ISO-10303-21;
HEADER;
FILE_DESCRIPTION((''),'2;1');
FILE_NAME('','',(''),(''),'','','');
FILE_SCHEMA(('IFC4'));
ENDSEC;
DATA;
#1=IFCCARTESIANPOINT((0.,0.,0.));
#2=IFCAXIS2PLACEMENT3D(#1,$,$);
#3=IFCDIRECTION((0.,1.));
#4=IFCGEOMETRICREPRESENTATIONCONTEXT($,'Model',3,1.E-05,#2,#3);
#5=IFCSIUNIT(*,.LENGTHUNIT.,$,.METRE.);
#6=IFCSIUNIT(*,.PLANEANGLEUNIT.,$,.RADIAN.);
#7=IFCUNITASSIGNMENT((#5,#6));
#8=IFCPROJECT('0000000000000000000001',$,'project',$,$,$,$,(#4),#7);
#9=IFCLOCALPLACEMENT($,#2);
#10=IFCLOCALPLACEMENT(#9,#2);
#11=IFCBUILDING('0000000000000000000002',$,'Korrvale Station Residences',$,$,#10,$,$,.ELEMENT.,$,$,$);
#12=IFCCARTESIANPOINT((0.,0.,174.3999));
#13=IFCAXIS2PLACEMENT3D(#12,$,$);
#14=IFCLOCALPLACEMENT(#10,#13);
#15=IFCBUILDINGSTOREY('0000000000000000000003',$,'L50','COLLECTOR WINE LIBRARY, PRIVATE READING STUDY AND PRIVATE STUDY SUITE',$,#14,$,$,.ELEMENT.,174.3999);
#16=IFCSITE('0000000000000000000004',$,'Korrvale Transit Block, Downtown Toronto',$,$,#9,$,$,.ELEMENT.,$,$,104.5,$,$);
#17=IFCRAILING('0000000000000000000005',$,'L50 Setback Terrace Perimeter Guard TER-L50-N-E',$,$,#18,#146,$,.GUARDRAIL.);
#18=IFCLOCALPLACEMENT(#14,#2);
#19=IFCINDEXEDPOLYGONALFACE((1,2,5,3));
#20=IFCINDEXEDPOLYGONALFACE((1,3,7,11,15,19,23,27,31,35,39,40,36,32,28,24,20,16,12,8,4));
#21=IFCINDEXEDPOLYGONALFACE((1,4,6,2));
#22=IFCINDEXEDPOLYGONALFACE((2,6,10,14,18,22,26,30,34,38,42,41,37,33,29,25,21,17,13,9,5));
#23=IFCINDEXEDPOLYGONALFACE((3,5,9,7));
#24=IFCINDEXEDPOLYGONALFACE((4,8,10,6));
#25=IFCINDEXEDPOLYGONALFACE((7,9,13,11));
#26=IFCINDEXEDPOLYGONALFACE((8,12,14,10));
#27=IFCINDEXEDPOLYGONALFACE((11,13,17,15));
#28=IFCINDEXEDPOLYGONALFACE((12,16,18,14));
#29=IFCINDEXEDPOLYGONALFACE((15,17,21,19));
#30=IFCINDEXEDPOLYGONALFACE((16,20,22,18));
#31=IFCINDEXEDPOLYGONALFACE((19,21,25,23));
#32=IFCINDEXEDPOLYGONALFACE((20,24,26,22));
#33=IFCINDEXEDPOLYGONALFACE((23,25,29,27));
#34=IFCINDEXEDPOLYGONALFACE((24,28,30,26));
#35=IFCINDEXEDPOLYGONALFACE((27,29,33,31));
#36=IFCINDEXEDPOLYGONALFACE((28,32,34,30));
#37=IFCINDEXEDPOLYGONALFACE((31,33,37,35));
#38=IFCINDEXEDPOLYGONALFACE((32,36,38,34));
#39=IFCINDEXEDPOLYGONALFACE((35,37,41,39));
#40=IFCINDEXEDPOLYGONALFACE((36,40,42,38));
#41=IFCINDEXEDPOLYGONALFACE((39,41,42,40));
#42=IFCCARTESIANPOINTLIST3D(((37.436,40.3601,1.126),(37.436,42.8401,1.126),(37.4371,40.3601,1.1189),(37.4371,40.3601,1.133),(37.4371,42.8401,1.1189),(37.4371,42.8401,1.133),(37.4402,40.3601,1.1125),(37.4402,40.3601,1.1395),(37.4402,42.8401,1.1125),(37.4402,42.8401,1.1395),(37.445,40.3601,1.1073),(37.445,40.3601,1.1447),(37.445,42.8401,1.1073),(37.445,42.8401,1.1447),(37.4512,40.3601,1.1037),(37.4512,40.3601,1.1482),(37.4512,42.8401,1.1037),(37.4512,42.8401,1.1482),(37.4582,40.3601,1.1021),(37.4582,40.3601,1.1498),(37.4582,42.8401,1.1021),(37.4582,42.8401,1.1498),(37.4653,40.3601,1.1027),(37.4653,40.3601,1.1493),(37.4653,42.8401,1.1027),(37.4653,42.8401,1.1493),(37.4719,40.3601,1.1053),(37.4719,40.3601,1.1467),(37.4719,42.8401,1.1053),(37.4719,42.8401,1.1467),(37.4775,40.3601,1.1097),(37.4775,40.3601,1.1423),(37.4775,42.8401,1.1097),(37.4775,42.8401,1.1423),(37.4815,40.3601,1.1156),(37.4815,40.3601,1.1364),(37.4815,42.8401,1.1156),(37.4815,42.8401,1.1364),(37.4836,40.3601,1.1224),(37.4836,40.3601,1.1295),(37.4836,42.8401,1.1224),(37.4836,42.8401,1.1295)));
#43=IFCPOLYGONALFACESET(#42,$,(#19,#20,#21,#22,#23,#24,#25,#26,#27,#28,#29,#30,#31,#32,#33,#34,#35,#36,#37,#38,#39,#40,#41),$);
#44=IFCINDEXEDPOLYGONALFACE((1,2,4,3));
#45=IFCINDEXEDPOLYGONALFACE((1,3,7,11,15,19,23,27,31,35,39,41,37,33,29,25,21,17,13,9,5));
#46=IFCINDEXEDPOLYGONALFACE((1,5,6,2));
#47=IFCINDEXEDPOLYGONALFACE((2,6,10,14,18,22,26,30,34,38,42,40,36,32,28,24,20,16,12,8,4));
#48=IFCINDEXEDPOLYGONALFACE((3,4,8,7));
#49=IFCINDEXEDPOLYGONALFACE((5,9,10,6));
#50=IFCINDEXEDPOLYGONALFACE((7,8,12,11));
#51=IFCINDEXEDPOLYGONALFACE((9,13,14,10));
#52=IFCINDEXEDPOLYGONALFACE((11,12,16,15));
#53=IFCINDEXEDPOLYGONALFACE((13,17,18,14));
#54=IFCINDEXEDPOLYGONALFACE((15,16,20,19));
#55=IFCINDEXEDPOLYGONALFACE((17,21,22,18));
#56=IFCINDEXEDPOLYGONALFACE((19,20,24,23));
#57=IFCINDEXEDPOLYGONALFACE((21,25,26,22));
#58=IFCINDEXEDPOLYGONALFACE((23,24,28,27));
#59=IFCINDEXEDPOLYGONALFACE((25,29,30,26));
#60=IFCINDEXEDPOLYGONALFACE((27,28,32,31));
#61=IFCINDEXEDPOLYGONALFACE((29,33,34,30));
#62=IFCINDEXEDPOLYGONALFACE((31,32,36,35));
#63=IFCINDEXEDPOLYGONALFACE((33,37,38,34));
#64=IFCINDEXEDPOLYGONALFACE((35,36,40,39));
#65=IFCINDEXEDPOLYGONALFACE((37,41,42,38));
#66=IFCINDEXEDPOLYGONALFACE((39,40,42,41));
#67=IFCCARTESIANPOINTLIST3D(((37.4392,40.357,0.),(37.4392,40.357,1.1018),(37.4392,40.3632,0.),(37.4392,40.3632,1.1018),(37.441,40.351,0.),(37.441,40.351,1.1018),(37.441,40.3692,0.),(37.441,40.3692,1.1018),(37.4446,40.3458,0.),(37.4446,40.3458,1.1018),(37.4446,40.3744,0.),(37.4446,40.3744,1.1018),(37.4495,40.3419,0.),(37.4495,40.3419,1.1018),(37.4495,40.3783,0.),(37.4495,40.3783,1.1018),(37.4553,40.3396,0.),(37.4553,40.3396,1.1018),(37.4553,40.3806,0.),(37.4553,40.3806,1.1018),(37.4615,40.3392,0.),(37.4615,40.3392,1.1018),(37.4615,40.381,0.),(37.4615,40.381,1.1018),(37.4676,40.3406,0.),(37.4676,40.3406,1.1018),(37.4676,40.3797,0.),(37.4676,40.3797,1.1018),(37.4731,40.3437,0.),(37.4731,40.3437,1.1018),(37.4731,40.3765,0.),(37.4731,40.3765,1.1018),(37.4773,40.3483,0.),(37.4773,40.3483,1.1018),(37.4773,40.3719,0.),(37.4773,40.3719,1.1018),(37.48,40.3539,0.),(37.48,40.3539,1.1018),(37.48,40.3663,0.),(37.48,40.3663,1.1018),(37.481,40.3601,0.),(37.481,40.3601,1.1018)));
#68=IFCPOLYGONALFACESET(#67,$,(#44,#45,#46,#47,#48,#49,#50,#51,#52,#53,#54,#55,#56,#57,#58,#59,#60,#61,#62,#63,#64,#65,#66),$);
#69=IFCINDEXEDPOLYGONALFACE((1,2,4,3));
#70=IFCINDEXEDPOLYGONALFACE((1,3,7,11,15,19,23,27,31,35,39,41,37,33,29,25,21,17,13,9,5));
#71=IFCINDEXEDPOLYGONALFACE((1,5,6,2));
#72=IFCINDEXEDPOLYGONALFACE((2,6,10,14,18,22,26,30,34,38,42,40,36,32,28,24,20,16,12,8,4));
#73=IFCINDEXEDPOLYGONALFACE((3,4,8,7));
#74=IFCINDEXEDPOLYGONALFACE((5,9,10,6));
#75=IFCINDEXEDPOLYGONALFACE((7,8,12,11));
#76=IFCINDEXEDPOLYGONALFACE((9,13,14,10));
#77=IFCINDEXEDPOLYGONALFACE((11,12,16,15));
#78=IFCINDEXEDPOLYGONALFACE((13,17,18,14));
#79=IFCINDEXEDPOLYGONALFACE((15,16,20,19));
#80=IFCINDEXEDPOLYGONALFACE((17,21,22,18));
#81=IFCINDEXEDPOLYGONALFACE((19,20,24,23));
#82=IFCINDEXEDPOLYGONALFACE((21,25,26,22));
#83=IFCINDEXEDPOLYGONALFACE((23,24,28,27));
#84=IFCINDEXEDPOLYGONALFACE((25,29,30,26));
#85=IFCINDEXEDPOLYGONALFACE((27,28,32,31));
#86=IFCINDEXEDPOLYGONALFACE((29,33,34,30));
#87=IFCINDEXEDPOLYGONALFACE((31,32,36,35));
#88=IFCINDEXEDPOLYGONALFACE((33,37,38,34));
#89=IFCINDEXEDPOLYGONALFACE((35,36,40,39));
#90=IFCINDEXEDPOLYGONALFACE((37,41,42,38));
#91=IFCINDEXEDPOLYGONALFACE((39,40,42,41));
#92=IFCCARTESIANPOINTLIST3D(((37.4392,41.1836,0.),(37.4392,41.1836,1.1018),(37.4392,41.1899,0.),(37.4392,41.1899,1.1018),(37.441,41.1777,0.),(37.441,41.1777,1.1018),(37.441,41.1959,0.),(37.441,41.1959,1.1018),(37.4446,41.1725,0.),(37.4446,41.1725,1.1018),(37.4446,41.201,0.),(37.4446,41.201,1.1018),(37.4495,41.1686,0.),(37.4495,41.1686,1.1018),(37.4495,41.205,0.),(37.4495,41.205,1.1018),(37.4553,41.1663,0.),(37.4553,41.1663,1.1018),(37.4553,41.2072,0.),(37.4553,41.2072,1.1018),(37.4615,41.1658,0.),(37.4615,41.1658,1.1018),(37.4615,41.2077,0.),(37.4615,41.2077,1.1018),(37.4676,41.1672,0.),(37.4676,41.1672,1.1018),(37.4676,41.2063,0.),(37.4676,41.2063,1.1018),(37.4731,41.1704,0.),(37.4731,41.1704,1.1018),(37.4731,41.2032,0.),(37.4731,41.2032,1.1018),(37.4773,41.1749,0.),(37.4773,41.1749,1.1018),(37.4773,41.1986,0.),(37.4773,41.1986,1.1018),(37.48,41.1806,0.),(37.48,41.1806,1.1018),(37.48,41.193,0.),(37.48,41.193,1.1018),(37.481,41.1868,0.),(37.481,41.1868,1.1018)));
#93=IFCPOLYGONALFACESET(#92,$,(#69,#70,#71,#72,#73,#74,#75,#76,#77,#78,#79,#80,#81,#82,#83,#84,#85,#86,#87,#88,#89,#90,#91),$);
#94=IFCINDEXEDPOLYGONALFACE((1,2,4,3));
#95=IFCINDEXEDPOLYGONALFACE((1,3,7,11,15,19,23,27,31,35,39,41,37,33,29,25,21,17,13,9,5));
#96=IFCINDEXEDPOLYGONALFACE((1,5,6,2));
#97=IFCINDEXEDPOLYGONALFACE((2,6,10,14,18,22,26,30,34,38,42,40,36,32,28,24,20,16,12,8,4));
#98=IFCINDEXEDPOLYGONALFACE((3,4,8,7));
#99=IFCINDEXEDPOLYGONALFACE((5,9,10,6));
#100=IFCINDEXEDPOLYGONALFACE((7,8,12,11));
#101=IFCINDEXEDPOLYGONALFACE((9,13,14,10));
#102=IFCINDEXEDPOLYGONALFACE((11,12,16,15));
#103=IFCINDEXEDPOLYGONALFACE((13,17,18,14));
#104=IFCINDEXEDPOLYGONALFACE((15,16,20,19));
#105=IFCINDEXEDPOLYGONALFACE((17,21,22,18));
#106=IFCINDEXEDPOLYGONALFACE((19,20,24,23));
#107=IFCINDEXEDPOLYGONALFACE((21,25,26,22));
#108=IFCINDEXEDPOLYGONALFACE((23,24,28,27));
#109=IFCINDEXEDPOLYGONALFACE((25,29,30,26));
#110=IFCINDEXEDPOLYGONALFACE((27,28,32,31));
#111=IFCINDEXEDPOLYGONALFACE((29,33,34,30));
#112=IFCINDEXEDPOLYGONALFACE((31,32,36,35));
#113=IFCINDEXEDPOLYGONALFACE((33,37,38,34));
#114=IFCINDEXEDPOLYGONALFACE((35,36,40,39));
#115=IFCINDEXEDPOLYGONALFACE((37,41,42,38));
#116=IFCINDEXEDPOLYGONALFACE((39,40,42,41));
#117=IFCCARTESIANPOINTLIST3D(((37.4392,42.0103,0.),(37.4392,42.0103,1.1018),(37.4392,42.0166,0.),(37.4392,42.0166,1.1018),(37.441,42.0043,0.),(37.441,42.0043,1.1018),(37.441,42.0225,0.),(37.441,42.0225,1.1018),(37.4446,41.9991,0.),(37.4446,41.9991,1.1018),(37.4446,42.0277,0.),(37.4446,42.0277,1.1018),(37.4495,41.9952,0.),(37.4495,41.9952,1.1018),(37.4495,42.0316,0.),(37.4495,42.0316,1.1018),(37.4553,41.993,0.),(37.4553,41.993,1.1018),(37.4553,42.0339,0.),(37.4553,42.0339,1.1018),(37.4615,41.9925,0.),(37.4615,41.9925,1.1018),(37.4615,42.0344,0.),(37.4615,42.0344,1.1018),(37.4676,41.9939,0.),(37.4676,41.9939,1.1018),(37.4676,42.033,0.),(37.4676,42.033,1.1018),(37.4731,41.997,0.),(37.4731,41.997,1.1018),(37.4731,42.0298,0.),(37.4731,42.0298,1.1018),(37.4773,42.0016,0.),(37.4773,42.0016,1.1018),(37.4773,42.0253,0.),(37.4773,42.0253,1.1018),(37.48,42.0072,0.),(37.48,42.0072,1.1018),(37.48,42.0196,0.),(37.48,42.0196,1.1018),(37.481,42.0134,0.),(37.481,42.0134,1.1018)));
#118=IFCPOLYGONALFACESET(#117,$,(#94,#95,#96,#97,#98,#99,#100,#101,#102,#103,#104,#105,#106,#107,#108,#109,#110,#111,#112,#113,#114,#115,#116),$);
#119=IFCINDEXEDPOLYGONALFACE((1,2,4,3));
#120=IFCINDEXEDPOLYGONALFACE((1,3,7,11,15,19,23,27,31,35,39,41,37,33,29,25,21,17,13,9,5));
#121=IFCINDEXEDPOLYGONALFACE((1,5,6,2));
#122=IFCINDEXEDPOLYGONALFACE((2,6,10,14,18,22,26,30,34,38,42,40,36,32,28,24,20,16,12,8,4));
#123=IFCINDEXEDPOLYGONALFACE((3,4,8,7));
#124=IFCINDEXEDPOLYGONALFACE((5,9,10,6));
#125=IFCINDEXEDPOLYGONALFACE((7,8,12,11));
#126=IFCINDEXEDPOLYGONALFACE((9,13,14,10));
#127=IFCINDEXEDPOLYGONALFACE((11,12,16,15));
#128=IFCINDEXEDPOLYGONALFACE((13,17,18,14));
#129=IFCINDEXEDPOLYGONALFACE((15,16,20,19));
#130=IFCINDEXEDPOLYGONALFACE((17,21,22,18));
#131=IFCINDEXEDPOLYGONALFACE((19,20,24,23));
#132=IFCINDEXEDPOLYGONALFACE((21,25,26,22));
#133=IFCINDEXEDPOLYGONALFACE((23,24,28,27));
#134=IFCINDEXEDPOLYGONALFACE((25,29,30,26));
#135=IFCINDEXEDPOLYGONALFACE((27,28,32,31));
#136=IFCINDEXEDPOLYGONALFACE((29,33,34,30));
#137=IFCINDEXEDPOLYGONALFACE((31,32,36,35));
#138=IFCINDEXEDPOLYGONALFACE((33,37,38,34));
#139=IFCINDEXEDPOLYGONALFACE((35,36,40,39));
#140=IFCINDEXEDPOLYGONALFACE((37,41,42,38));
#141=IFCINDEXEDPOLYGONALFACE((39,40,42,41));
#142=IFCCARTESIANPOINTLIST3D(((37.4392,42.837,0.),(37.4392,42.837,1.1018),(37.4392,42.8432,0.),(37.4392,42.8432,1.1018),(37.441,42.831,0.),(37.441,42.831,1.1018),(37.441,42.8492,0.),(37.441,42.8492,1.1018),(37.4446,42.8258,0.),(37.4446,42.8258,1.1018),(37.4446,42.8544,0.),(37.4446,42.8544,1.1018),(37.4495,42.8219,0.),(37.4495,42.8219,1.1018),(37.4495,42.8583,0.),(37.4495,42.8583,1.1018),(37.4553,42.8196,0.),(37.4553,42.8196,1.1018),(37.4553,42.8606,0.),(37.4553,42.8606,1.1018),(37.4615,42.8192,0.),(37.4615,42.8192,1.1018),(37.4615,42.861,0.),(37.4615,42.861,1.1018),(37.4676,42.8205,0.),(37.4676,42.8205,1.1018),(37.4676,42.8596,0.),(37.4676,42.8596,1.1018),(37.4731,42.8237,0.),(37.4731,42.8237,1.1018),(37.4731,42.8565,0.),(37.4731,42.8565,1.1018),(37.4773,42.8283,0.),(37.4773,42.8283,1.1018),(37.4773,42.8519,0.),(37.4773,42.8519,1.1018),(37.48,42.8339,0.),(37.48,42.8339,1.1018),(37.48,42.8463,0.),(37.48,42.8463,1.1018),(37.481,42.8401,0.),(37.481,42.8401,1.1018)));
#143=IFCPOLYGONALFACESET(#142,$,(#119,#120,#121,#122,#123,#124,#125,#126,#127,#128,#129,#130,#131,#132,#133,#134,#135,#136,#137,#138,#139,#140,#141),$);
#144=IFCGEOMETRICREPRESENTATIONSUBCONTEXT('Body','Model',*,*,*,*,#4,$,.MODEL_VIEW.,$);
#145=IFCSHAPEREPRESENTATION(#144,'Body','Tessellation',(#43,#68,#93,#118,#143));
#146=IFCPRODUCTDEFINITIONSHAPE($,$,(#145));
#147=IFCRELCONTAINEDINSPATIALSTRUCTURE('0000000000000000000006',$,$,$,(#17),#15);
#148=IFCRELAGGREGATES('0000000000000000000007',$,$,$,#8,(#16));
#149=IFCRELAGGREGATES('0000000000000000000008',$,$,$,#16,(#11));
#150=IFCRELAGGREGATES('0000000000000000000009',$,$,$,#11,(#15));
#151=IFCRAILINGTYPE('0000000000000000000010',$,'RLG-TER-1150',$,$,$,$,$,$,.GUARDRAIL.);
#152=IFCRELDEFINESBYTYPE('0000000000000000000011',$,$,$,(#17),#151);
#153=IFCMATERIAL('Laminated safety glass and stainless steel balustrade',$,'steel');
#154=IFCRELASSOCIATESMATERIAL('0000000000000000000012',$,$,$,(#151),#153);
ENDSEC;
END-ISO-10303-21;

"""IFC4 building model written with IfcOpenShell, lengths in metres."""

from ifc_helpers import new_model, si_unit, direction, frame, origin, origin_2d, place, context, subcontext, project, spatial, circle, extrude, material, type_object, element, save


model = new_model("IFC4")

# Units and contexts
model_context = context("Model", 3, precision=1e-05, world=origin(), true_north=direction((0.0, 1.0)))
body_context = subcontext(model_context, "Body", "Model", "MODEL_VIEW")
ifc_project = project(units=[si_unit("LENGTHUNIT", "METRE"), si_unit("PLANEANGLEUNIT", "RADIAN")], contexts=[model_context])

# Site, building, storey
site_placement = place(None, origin())
site = spatial("IfcSite", under=ifc_project, at=site_placement, Name="Korrvale Transit Block, Downtown Toronto", CompositionType="ELEMENT", RefElevation=104.5)
building_placement = place(site_placement, origin())
building = spatial("IfcBuilding", under=site, at=building_placement, Name="Korrvale Station Residences", CompositionType="ELEMENT")
storey_placement = place(building_placement, frame((0.0, 0.0, 174.3999)))
storey = spatial("IfcBuildingStorey", under=building, at=storey_placement, Name="L50", Description="COLLECTOR WINE LIBRARY, PRIVATE READING STUDY AND PRIVATE STUDY SUITE", CompositionType="ELEMENT", Elevation=174.3999)

# Railing
ifc_material_1 = material(Name="Laminated safety glass and stainless steel balustrade", Category="steel")
railing_type = type_object("IfcRailingType", Name="RLG-TER-1150", PredefinedType="GUARDRAIL", material=ifc_material_1)
railing_placement = place(storey_placement, frame((37.46, 40.3601, 0.0)))
element("IfcRailing", 1, at=railing_placement, inside=storey, type_object=railing_type, Name="L50 Setback Terrace Perimeter Guard TER-L50-N-E", PredefinedType="GUARDRAIL", context=body_context, shape_type="SweptSolid", body=[
    extrude(circle(Radius=0.0239, at=origin_2d()), frame((0.0, 0.0, 1.126), z_axis=(0.0, 1.0, 0.0), x_axis=(-1.0, 0.0, 0.0)), (0.0, 0.0, 1.0), 2.48),
    extrude(circle(Radius=0.021, at=origin_2d()), origin(), (0.0, 0.0, 1.0), 1.1018),
    extrude(circle(Radius=0.021, at=origin_2d()), frame((0.0, 0.8267, 0.0)), (0.0, 0.0, 1.0), 1.1018),
    extrude(circle(Radius=0.021, at=origin_2d()), frame((0.0, 1.6533, 0.0)), (0.0, 0.0, 1.0), 1.1018),
    extrude(circle(Radius=0.021, at=origin_2d()), frame((0.0, 2.48, 0.0)), (0.0, 0.0, 1.0), 1.1018),
])

save(model, "model.ifc")
